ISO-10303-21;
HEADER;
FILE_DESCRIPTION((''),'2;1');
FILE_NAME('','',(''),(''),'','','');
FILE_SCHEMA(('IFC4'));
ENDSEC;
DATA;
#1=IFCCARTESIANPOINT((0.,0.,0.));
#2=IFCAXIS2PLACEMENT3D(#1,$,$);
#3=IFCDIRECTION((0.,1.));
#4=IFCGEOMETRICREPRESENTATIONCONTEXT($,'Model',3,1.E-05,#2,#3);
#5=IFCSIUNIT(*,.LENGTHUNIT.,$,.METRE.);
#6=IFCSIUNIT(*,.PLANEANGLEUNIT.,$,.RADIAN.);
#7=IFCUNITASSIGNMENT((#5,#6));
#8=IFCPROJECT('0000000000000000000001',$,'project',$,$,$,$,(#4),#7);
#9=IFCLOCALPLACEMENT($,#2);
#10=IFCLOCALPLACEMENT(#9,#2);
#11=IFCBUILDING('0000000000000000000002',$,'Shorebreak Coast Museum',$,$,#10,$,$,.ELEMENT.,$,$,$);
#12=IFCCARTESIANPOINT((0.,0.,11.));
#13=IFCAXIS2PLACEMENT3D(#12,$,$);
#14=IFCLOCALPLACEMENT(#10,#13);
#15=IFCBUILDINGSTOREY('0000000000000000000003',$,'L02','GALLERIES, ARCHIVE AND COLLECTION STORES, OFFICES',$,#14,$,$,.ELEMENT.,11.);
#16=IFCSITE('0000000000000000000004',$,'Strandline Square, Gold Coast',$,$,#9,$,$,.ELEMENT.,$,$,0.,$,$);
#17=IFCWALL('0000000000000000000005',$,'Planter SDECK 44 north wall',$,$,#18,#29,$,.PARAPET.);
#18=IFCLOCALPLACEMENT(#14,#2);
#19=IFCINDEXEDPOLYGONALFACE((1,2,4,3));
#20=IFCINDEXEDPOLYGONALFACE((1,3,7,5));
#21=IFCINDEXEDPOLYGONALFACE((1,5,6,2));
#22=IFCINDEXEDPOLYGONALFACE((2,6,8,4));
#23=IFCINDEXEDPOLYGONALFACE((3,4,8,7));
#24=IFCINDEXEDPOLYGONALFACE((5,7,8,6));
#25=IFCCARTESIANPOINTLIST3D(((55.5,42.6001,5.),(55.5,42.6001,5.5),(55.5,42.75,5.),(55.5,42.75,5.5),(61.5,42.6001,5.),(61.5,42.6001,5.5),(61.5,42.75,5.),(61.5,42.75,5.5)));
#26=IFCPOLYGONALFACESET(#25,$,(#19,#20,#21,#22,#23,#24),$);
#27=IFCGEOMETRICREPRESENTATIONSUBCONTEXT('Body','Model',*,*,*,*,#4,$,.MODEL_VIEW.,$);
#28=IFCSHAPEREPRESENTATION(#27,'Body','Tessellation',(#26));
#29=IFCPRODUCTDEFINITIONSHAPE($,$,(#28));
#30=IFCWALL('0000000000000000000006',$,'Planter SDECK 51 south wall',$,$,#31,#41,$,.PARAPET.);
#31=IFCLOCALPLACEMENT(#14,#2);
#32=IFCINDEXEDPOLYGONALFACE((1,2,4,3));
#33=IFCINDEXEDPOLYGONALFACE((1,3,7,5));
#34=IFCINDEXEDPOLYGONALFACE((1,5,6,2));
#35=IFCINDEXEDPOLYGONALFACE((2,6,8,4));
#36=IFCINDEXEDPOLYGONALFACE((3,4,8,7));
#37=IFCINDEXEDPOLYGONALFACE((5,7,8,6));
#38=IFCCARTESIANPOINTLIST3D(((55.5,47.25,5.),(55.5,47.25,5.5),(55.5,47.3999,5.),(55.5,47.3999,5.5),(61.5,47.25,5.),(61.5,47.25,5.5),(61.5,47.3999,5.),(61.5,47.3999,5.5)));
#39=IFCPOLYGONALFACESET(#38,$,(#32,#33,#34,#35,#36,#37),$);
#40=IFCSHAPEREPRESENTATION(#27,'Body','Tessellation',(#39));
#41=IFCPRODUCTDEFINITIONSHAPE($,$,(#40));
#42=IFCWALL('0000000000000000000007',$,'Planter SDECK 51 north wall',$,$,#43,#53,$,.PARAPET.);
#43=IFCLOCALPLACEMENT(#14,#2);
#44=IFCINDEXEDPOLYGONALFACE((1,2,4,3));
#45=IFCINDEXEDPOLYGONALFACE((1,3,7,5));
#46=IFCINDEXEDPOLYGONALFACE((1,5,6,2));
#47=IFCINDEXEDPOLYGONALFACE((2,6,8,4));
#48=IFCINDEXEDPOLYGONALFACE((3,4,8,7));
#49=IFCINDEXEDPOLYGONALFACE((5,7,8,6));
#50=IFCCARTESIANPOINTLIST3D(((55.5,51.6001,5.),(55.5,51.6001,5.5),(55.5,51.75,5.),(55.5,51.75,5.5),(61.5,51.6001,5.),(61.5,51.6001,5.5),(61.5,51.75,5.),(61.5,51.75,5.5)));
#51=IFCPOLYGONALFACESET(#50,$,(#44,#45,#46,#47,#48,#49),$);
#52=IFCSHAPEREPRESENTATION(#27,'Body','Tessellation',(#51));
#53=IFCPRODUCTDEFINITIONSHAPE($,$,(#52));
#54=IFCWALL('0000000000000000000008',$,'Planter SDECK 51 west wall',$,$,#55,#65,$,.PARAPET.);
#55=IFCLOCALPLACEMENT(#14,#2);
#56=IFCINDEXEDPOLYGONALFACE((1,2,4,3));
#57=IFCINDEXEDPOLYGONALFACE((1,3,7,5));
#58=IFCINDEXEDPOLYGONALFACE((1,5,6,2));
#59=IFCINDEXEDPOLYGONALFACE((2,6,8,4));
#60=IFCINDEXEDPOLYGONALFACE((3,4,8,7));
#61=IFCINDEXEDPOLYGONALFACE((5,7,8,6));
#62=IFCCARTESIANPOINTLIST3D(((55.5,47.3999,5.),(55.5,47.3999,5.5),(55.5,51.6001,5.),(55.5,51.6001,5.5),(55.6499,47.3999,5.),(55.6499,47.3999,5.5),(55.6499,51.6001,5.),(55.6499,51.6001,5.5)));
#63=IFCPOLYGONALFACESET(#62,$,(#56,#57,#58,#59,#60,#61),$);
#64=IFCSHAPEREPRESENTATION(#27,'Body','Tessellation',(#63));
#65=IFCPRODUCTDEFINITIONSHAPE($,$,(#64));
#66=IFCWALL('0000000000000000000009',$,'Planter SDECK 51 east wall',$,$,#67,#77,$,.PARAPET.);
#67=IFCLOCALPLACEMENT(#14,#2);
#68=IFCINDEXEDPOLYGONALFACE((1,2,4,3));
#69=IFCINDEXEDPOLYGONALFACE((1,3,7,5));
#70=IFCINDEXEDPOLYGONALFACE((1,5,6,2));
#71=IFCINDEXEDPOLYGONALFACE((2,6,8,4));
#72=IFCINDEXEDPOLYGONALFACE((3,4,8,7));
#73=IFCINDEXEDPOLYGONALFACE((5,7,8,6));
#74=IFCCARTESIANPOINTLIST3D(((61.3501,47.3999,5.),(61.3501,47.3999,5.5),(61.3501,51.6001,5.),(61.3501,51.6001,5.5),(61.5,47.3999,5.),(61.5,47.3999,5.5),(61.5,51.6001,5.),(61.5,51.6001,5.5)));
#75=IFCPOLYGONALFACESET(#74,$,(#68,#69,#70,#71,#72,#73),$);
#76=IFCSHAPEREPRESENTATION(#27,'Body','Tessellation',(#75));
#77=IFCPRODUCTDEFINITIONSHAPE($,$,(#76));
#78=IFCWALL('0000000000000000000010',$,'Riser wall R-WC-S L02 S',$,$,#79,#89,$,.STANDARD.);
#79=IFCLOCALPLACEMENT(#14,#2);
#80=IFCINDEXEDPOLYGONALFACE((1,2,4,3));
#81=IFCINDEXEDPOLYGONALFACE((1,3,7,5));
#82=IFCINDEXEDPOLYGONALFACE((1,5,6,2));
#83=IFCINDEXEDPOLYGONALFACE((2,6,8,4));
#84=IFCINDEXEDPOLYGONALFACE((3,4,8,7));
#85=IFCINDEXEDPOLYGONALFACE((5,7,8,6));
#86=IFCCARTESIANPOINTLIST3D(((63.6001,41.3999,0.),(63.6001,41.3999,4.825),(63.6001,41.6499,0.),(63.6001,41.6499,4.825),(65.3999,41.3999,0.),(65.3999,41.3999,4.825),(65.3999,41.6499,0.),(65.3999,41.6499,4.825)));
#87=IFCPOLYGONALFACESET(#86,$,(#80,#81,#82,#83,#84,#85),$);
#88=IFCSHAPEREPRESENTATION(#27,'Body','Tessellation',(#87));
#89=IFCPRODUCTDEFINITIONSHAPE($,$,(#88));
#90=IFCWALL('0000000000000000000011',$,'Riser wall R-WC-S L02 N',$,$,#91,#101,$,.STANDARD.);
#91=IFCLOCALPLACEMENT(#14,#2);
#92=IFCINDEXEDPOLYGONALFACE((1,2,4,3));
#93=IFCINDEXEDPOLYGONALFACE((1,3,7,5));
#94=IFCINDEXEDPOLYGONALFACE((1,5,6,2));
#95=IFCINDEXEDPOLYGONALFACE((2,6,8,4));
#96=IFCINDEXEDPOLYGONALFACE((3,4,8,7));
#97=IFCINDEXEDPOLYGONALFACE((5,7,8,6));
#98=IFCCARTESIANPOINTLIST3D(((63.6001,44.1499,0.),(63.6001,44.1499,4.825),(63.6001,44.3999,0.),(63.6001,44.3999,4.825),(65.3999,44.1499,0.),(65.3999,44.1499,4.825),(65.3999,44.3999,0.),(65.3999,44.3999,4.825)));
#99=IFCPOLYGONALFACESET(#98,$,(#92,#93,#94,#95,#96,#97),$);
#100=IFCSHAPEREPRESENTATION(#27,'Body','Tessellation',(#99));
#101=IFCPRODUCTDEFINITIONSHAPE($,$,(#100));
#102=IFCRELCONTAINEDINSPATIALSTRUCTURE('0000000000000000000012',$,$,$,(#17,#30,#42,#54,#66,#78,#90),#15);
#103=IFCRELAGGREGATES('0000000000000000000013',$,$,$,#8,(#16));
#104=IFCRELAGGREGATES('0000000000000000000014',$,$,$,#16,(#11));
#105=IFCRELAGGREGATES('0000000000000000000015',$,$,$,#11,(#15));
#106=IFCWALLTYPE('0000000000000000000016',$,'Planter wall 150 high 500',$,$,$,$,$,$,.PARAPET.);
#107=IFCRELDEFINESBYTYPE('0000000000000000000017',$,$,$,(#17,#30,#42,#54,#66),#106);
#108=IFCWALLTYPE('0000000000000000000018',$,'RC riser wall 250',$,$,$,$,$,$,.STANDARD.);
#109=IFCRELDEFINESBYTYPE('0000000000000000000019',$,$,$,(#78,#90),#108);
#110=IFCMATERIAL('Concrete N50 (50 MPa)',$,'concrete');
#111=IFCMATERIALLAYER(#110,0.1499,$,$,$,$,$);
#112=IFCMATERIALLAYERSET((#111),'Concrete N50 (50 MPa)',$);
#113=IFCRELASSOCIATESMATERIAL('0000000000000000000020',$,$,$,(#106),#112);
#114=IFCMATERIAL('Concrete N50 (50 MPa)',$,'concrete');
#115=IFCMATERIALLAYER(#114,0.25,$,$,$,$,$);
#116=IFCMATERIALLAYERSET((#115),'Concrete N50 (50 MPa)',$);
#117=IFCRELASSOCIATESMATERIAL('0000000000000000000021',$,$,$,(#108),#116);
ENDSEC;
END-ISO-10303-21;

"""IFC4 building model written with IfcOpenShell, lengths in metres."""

from ifc_helpers import new_model, si_unit, direction, frame, frame_2d, origin, place, context, subcontext, project, spatial, rectangle, extrude, material, layer, layer_set, type_object, element, save


model = new_model("IFC4")

# Units and contexts
model_context = context("Model", 3, precision=1e-05, world=origin(), true_north=direction((0.0, 1.0)))
body_context = subcontext(model_context, "Body", "Model", "MODEL_VIEW")
ifc_project = project(units=[si_unit("LENGTHUNIT", "METRE"), si_unit("PLANEANGLEUNIT", "RADIAN")], contexts=[model_context])

# Site, building, storey
site_placement = place(None, origin())
site = spatial("IfcSite", under=ifc_project, at=site_placement, Name="Strandline Square, Gold Coast", CompositionType="ELEMENT", RefElevation=0.0)
building_placement = place(site_placement, origin())
building = spatial("IfcBuilding", under=site, at=building_placement, Name="Shorebreak Coast Museum", CompositionType="ELEMENT")
storey_placement = place(building_placement, frame((0.0, 0.0, 11.0)))
storey = spatial("IfcBuildingStorey", under=building, at=storey_placement, Name="L02", Description="GALLERIES, ARCHIVE AND COLLECTION STORES, OFFICES", CompositionType="ELEMENT", Elevation=11.0)

# Walls
ifc_material_1 = material(Name="Concrete N50 (50 MPa)", Category="concrete")
ifc_layer_1 = layer(ifc_material_1, 0.1499)
ifc_layer_set_1 = layer_set([ifc_layer_1], Name="Concrete N50 (50 MPa)")
wall_type_1 = type_object("IfcWallType", Name="Planter wall 150 high 500", PredefinedType="PARAPET", material=ifc_layer_set_1)
for number, where, z_axis, x_axis, name in (
    (1, (55.5, 42.675, 5.0), (0.0, 0.0, 1.0), (1.0, 0.0, 0.0), "Planter SDECK 44 north wall"),
    (2, (55.5, 47.325, 5.0), (0.0, 0.0, 1.0), (1.0, 0.0, 0.0), "Planter SDECK 51 south wall"),
    (3, (55.5, 51.675, 5.0), (0.0, 0.0, 1.0), (1.0, 0.0, 0.0), "Planter SDECK 51 north wall"),
):
    element("IfcWall", number, at=place(storey_placement, frame(where, z_axis=z_axis, x_axis=x_axis)), inside=storey, type_object=wall_type_1, Name=name, PredefinedType="PARAPET", context=body_context, shape_type="SweptSolid", body=[
        extrude(rectangle(XDim=6.0, YDim=0.1499, at=frame_2d((3.0, 0.0))), origin(), (0.0, 0.0, 1.0), 0.5),
    ])
for number, where, z_axis, x_axis, name in (
    (4, (55.575, 47.3999, 5.0), (0.0, 0.0, 1.0), (0.0, 1.0, 0.0), "Planter SDECK 51 west wall"),
    (5, (61.425, 47.3999, 5.0), (0.0, 0.0, 1.0), (0.0, 1.0, 0.0), "Planter SDECK 51 east wall"),
):
    element("IfcWall", number, at=place(storey_placement, frame(where, z_axis=z_axis, x_axis=x_axis)), inside=storey, type_object=wall_type_1, Name=name, PredefinedType="PARAPET", context=body_context, shape_type="SweptSolid", body=[
        extrude(rectangle(XDim=4.2002, YDim=0.1499, at=frame_2d((2.1001, 0.0))), origin(), (0.0, 0.0, 1.0), 0.5),
    ])
ifc_material_2 = material(Name="Concrete N50 (50 MPa)", Category="concrete")
ifc_layer_2 = layer(ifc_material_2, 0.25)
ifc_layer_set_2 = layer_set([ifc_layer_2], Name="Concrete N50 (50 MPa)")
wall_type_2 = type_object("IfcWallType", Name="RC riser wall 250", PredefinedType="STANDARD", material=ifc_layer_set_2)
for number, where, z_axis, x_axis, name in (
    (6, (63.6001, 41.5249, 0.0), (0.0, 0.0, 1.0), (1.0, 0.0, 0.0), "Riser wall R-WC-S L02 S"),
    (7, (63.6001, 44.2749, 0.0), (0.0, 0.0, 1.0), (1.0, 0.0, 0.0), "Riser wall R-WC-S L02 N"),
):
    element("IfcWall", number, at=place(storey_placement, frame(where, z_axis=z_axis, x_axis=x_axis)), inside=storey, type_object=wall_type_2, Name=name, PredefinedType="STANDARD", context=body_context, shape_type="SweptSolid", body=[
        extrude(rectangle(XDim=1.7998, YDim=0.25, at=frame_2d((0.8999, 0.0))), origin(), (0.0, 0.0, 1.0), 4.825),
    ])

save(model, "model.ifc")
